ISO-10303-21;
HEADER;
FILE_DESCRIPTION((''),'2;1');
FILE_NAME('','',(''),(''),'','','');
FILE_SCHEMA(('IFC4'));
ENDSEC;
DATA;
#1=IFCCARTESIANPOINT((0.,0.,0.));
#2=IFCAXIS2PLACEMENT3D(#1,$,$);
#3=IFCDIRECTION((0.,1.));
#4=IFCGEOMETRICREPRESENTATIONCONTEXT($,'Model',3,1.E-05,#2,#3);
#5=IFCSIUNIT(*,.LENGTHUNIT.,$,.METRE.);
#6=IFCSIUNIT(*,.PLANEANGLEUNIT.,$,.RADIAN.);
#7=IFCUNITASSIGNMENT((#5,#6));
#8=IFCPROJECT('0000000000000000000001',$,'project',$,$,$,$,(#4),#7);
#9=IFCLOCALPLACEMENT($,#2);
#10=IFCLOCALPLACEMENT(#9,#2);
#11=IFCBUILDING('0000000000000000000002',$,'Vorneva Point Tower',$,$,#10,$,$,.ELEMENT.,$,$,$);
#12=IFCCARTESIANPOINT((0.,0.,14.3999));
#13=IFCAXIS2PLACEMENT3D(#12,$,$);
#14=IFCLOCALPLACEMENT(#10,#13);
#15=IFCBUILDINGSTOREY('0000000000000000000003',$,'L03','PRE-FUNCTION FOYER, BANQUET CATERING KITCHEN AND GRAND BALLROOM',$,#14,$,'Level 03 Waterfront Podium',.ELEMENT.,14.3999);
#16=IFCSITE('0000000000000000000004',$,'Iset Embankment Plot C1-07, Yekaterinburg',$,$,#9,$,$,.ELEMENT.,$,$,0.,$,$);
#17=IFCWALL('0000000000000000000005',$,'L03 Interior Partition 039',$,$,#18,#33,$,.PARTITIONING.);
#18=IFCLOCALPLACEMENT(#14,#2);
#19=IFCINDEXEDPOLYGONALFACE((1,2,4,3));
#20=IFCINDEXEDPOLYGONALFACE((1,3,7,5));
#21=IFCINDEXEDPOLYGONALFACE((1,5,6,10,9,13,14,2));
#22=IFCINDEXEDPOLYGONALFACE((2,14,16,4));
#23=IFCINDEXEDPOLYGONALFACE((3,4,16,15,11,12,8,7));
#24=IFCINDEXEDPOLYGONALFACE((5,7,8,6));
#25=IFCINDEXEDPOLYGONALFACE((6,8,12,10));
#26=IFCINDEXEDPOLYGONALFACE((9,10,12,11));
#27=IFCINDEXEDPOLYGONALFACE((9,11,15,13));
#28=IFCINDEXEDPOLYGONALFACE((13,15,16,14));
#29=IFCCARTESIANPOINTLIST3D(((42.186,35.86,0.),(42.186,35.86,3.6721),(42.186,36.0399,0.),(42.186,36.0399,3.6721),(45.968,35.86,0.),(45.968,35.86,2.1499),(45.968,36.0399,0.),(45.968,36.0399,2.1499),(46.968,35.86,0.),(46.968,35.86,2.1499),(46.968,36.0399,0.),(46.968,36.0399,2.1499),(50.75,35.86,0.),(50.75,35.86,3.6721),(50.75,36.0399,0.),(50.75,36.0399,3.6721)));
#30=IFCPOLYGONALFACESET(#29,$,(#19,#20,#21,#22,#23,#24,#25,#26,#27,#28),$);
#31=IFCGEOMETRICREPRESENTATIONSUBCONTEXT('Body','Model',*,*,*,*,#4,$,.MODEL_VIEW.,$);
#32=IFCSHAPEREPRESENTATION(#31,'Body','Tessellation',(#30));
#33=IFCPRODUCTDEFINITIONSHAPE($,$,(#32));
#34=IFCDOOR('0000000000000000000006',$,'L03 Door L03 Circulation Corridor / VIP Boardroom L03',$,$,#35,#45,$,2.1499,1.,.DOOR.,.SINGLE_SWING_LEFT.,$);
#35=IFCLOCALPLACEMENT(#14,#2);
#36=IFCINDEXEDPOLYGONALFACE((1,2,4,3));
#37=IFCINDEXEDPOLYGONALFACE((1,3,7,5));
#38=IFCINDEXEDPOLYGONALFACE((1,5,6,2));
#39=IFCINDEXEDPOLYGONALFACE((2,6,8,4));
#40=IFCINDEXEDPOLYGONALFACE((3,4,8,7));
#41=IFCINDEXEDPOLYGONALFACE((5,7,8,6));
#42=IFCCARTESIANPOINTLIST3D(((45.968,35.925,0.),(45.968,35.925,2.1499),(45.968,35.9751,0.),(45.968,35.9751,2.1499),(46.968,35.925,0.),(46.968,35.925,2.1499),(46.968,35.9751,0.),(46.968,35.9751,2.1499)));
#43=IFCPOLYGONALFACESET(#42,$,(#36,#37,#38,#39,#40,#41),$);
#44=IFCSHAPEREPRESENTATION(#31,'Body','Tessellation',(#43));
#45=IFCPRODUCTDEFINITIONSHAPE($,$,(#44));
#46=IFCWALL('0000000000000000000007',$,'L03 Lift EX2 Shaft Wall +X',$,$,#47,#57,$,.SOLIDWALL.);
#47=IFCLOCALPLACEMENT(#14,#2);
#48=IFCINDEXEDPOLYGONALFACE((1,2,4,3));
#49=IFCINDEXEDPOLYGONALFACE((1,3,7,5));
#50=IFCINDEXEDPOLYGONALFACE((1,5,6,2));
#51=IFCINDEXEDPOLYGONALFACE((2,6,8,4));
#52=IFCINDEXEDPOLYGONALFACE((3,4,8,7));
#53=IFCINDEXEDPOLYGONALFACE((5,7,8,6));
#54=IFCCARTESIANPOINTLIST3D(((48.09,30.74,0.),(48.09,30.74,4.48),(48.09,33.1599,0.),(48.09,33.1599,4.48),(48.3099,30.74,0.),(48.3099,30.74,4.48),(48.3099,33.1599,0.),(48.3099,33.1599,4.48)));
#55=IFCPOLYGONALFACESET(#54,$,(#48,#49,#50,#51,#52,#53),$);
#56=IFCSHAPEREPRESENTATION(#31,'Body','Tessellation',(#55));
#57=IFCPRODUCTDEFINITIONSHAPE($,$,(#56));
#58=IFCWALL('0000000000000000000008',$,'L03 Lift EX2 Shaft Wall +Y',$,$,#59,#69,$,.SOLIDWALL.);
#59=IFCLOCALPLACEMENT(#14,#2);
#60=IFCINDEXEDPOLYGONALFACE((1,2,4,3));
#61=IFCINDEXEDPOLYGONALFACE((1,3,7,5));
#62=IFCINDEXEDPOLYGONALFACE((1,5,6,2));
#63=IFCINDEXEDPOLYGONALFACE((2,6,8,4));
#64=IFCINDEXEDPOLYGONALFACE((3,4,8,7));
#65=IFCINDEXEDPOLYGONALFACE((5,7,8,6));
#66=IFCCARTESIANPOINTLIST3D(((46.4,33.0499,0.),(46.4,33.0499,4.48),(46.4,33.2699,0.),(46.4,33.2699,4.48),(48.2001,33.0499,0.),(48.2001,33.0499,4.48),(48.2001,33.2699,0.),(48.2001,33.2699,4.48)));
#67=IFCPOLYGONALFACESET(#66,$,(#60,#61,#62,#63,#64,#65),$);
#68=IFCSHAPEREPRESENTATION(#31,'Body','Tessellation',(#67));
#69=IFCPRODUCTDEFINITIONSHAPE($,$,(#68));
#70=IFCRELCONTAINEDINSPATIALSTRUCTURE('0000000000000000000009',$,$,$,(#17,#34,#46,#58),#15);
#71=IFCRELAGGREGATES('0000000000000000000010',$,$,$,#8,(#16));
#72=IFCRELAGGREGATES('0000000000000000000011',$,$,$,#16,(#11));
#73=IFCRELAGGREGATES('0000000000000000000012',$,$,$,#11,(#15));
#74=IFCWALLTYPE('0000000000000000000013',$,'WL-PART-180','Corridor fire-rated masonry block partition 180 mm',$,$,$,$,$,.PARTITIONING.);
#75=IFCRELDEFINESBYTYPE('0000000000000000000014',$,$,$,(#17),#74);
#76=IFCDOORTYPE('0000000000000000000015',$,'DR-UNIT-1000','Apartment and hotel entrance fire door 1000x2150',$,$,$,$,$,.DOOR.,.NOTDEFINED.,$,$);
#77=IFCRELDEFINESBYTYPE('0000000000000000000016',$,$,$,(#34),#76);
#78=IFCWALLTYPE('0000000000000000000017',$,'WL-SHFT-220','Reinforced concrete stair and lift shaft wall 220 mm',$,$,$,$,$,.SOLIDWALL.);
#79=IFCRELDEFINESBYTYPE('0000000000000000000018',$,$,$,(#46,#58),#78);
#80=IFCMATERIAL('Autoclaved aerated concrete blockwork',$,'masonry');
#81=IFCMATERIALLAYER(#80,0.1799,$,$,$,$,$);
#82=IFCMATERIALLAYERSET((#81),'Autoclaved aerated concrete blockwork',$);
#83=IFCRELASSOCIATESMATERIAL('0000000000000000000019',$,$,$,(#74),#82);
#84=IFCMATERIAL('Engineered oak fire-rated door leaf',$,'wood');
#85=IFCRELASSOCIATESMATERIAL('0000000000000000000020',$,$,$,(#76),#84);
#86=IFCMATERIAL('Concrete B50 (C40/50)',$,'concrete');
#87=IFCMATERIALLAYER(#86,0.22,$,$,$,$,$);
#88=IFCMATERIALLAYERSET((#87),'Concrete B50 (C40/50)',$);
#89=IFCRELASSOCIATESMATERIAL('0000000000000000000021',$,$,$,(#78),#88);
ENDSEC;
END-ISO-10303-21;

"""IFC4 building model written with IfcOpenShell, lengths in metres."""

from ifc_helpers import new_model, si_unit, direction, frame, frame_2d, origin, place, context, subcontext, project, spatial, rectangle, extrude, material, layer, layer_set, type_object, element, fill, save


model = new_model("IFC4")

# Units and contexts
model_context = context("Model", 3, precision=1e-05, world=origin(), true_north=direction((0.0, 1.0)))
body_context = subcontext(model_context, "Body", "Model", "MODEL_VIEW")
ifc_project = project(units=[si_unit("LENGTHUNIT", "METRE"), si_unit("PLANEANGLEUNIT", "RADIAN")], contexts=[model_context])

# Site, building, storey
site_placement = place(None, origin())
site = spatial("IfcSite", under=ifc_project, at=site_placement, Name="Iset Embankment Plot C1-07, Yekaterinburg", CompositionType="ELEMENT", RefElevation=0.0)
building_placement = place(site_placement, origin())
building = spatial("IfcBuilding", under=site, at=building_placement, Name="Vorneva Point Tower", CompositionType="ELEMENT")
storey_placement = place(building_placement, frame((0.0, 0.0, 14.3999)))
storey = spatial("IfcBuildingStorey", under=building, at=storey_placement, Name="L03", Description="PRE-FUNCTION FOYER, BANQUET CATERING KITCHEN AND GRAND BALLROOM", LongName="Level 03 Waterfront Podium", CompositionType="ELEMENT", Elevation=14.3999)

# Shared definitions
ifc_material_1 = material(Name="Autoclaved aerated concrete blockwork", Category="masonry")
ifc_layer_1 = layer(ifc_material_1, 0.1799)
ifc_layer_set_1 = layer_set([ifc_layer_1], Name="Autoclaved aerated concrete blockwork")
wall_type_1 = type_object("IfcWallType", Name="WL-PART-180", Description="Corridor fire-rated masonry block partition 180 mm", PredefinedType="PARTITIONING", material=ifc_layer_set_1)

# Wall, opening, door
wall_1_placement = place(storey_placement, frame((50.75, 35.95, 0.0), z_axis=(0.0, 0.0, 1.0), x_axis=(-1.0, 0.0, 0.0)))
wall_1 = element("IfcWall", 1, at=wall_1_placement, inside=storey, type_object=wall_type_1, Name="L03 Interior Partition 039", PredefinedType="PARTITIONING", context=body_context, shape_type="SweptSolid", body=[
    extrude(rectangle(XDim=8.564, YDim=0.1799, at=frame_2d((4.282, 0.0))), origin(), (0.0, 0.0, 1.0), 3.6721),
])
opening_placement = place(wall_1_placement, frame((3.782, 0.0, 0.0)))
opening = element("IfcOpeningElement", 2, at=opening_placement, cuts=wall_1, PredefinedType="OPENING", context=body_context, shape_type="SweptSolid", body=[
    extrude(rectangle(XDim=1.0, YDim=2.1499, at=frame_2d((0.5, 1.075))), frame((0.0, 0.105, 0.0), z_axis=(0.0, -1.0, 0.0), x_axis=(1.0, 0.0, 0.0)), (0.0, 0.0, 1.0), 0.2097),
])
ifc_material_2 = material(Name="Engineered oak fire-rated door leaf", Category="wood")
door_type = type_object("IfcDoorType", Name="DR-UNIT-1000", Description="Apartment and hotel entrance fire door 1000x2150", OperationType="NOTDEFINED", PredefinedType="DOOR", material=ifc_material_2)
door_placement = place(opening_placement, origin())
door = element("IfcDoor", 3, at=door_placement, inside=storey, type_object=door_type, Name="L03 Door L03 Circulation Corridor / VIP Boardroom L03", OperationType="SINGLE_SWING_LEFT", OverallHeight=2.1499, OverallWidth=1.0, PredefinedType="DOOR", context=body_context, shape_type="SweptSolid", body=[
    extrude(rectangle(XDim=1.0, YDim=2.1499, at=frame_2d((0.5, 1.075))), frame((0.0, 0.0249, 0.0), z_axis=(0.0, -1.0, 0.0), x_axis=(1.0, 0.0, 0.0)), (0.0, 0.0, 1.0), 0.05),
])
fill(opening, door)

# Walls
ifc_material_3 = material(Name="Concrete B50 (C40/50)", Category="concrete")
ifc_layer_2 = layer(ifc_material_3, 0.22)
ifc_layer_set_2 = layer_set([ifc_layer_2], Name="Concrete B50 (C40/50)")
wall_type_2 = type_object("IfcWallType", Name="WL-SHFT-220", Description="Reinforced concrete stair and lift shaft wall 220 mm", PredefinedType="SOLIDWALL", material=ifc_layer_set_2)
wall_2_placement = place(storey_placement, frame((48.2, 30.74, 0.0), z_axis=(0.0, 0.0, 1.0), x_axis=(0.0, 1.0, 0.0)))
element("IfcWall", 4, at=wall_2_placement, inside=storey, type_object=wall_type_2, Name="L03 Lift EX2 Shaft Wall +X", PredefinedType="SOLIDWALL", context=body_context, shape_type="SweptSolid", body=[
    extrude(rectangle(XDim=2.4199, YDim=0.22, at=frame_2d((1.21, 0.0))), origin(), (0.0, 0.0, 1.0), 4.48),
])
wall_3_placement = place(storey_placement, frame((48.2, 33.1599, 0.0), z_axis=(0.0, 0.0, 1.0), x_axis=(-1.0, 0.0, 0.0)))
element("IfcWall", 5, at=wall_3_placement, inside=storey, type_object=wall_type_2, Name="L03 Lift EX2 Shaft Wall +Y", PredefinedType="SOLIDWALL", context=body_context, shape_type="SweptSolid", body=[
    extrude(rectangle(XDim=1.8, YDim=0.22, at=frame_2d((0.8999, 0.0))), origin(), (0.0, 0.0, 1.0), 4.48),
])

save(model, "model.ifc")
